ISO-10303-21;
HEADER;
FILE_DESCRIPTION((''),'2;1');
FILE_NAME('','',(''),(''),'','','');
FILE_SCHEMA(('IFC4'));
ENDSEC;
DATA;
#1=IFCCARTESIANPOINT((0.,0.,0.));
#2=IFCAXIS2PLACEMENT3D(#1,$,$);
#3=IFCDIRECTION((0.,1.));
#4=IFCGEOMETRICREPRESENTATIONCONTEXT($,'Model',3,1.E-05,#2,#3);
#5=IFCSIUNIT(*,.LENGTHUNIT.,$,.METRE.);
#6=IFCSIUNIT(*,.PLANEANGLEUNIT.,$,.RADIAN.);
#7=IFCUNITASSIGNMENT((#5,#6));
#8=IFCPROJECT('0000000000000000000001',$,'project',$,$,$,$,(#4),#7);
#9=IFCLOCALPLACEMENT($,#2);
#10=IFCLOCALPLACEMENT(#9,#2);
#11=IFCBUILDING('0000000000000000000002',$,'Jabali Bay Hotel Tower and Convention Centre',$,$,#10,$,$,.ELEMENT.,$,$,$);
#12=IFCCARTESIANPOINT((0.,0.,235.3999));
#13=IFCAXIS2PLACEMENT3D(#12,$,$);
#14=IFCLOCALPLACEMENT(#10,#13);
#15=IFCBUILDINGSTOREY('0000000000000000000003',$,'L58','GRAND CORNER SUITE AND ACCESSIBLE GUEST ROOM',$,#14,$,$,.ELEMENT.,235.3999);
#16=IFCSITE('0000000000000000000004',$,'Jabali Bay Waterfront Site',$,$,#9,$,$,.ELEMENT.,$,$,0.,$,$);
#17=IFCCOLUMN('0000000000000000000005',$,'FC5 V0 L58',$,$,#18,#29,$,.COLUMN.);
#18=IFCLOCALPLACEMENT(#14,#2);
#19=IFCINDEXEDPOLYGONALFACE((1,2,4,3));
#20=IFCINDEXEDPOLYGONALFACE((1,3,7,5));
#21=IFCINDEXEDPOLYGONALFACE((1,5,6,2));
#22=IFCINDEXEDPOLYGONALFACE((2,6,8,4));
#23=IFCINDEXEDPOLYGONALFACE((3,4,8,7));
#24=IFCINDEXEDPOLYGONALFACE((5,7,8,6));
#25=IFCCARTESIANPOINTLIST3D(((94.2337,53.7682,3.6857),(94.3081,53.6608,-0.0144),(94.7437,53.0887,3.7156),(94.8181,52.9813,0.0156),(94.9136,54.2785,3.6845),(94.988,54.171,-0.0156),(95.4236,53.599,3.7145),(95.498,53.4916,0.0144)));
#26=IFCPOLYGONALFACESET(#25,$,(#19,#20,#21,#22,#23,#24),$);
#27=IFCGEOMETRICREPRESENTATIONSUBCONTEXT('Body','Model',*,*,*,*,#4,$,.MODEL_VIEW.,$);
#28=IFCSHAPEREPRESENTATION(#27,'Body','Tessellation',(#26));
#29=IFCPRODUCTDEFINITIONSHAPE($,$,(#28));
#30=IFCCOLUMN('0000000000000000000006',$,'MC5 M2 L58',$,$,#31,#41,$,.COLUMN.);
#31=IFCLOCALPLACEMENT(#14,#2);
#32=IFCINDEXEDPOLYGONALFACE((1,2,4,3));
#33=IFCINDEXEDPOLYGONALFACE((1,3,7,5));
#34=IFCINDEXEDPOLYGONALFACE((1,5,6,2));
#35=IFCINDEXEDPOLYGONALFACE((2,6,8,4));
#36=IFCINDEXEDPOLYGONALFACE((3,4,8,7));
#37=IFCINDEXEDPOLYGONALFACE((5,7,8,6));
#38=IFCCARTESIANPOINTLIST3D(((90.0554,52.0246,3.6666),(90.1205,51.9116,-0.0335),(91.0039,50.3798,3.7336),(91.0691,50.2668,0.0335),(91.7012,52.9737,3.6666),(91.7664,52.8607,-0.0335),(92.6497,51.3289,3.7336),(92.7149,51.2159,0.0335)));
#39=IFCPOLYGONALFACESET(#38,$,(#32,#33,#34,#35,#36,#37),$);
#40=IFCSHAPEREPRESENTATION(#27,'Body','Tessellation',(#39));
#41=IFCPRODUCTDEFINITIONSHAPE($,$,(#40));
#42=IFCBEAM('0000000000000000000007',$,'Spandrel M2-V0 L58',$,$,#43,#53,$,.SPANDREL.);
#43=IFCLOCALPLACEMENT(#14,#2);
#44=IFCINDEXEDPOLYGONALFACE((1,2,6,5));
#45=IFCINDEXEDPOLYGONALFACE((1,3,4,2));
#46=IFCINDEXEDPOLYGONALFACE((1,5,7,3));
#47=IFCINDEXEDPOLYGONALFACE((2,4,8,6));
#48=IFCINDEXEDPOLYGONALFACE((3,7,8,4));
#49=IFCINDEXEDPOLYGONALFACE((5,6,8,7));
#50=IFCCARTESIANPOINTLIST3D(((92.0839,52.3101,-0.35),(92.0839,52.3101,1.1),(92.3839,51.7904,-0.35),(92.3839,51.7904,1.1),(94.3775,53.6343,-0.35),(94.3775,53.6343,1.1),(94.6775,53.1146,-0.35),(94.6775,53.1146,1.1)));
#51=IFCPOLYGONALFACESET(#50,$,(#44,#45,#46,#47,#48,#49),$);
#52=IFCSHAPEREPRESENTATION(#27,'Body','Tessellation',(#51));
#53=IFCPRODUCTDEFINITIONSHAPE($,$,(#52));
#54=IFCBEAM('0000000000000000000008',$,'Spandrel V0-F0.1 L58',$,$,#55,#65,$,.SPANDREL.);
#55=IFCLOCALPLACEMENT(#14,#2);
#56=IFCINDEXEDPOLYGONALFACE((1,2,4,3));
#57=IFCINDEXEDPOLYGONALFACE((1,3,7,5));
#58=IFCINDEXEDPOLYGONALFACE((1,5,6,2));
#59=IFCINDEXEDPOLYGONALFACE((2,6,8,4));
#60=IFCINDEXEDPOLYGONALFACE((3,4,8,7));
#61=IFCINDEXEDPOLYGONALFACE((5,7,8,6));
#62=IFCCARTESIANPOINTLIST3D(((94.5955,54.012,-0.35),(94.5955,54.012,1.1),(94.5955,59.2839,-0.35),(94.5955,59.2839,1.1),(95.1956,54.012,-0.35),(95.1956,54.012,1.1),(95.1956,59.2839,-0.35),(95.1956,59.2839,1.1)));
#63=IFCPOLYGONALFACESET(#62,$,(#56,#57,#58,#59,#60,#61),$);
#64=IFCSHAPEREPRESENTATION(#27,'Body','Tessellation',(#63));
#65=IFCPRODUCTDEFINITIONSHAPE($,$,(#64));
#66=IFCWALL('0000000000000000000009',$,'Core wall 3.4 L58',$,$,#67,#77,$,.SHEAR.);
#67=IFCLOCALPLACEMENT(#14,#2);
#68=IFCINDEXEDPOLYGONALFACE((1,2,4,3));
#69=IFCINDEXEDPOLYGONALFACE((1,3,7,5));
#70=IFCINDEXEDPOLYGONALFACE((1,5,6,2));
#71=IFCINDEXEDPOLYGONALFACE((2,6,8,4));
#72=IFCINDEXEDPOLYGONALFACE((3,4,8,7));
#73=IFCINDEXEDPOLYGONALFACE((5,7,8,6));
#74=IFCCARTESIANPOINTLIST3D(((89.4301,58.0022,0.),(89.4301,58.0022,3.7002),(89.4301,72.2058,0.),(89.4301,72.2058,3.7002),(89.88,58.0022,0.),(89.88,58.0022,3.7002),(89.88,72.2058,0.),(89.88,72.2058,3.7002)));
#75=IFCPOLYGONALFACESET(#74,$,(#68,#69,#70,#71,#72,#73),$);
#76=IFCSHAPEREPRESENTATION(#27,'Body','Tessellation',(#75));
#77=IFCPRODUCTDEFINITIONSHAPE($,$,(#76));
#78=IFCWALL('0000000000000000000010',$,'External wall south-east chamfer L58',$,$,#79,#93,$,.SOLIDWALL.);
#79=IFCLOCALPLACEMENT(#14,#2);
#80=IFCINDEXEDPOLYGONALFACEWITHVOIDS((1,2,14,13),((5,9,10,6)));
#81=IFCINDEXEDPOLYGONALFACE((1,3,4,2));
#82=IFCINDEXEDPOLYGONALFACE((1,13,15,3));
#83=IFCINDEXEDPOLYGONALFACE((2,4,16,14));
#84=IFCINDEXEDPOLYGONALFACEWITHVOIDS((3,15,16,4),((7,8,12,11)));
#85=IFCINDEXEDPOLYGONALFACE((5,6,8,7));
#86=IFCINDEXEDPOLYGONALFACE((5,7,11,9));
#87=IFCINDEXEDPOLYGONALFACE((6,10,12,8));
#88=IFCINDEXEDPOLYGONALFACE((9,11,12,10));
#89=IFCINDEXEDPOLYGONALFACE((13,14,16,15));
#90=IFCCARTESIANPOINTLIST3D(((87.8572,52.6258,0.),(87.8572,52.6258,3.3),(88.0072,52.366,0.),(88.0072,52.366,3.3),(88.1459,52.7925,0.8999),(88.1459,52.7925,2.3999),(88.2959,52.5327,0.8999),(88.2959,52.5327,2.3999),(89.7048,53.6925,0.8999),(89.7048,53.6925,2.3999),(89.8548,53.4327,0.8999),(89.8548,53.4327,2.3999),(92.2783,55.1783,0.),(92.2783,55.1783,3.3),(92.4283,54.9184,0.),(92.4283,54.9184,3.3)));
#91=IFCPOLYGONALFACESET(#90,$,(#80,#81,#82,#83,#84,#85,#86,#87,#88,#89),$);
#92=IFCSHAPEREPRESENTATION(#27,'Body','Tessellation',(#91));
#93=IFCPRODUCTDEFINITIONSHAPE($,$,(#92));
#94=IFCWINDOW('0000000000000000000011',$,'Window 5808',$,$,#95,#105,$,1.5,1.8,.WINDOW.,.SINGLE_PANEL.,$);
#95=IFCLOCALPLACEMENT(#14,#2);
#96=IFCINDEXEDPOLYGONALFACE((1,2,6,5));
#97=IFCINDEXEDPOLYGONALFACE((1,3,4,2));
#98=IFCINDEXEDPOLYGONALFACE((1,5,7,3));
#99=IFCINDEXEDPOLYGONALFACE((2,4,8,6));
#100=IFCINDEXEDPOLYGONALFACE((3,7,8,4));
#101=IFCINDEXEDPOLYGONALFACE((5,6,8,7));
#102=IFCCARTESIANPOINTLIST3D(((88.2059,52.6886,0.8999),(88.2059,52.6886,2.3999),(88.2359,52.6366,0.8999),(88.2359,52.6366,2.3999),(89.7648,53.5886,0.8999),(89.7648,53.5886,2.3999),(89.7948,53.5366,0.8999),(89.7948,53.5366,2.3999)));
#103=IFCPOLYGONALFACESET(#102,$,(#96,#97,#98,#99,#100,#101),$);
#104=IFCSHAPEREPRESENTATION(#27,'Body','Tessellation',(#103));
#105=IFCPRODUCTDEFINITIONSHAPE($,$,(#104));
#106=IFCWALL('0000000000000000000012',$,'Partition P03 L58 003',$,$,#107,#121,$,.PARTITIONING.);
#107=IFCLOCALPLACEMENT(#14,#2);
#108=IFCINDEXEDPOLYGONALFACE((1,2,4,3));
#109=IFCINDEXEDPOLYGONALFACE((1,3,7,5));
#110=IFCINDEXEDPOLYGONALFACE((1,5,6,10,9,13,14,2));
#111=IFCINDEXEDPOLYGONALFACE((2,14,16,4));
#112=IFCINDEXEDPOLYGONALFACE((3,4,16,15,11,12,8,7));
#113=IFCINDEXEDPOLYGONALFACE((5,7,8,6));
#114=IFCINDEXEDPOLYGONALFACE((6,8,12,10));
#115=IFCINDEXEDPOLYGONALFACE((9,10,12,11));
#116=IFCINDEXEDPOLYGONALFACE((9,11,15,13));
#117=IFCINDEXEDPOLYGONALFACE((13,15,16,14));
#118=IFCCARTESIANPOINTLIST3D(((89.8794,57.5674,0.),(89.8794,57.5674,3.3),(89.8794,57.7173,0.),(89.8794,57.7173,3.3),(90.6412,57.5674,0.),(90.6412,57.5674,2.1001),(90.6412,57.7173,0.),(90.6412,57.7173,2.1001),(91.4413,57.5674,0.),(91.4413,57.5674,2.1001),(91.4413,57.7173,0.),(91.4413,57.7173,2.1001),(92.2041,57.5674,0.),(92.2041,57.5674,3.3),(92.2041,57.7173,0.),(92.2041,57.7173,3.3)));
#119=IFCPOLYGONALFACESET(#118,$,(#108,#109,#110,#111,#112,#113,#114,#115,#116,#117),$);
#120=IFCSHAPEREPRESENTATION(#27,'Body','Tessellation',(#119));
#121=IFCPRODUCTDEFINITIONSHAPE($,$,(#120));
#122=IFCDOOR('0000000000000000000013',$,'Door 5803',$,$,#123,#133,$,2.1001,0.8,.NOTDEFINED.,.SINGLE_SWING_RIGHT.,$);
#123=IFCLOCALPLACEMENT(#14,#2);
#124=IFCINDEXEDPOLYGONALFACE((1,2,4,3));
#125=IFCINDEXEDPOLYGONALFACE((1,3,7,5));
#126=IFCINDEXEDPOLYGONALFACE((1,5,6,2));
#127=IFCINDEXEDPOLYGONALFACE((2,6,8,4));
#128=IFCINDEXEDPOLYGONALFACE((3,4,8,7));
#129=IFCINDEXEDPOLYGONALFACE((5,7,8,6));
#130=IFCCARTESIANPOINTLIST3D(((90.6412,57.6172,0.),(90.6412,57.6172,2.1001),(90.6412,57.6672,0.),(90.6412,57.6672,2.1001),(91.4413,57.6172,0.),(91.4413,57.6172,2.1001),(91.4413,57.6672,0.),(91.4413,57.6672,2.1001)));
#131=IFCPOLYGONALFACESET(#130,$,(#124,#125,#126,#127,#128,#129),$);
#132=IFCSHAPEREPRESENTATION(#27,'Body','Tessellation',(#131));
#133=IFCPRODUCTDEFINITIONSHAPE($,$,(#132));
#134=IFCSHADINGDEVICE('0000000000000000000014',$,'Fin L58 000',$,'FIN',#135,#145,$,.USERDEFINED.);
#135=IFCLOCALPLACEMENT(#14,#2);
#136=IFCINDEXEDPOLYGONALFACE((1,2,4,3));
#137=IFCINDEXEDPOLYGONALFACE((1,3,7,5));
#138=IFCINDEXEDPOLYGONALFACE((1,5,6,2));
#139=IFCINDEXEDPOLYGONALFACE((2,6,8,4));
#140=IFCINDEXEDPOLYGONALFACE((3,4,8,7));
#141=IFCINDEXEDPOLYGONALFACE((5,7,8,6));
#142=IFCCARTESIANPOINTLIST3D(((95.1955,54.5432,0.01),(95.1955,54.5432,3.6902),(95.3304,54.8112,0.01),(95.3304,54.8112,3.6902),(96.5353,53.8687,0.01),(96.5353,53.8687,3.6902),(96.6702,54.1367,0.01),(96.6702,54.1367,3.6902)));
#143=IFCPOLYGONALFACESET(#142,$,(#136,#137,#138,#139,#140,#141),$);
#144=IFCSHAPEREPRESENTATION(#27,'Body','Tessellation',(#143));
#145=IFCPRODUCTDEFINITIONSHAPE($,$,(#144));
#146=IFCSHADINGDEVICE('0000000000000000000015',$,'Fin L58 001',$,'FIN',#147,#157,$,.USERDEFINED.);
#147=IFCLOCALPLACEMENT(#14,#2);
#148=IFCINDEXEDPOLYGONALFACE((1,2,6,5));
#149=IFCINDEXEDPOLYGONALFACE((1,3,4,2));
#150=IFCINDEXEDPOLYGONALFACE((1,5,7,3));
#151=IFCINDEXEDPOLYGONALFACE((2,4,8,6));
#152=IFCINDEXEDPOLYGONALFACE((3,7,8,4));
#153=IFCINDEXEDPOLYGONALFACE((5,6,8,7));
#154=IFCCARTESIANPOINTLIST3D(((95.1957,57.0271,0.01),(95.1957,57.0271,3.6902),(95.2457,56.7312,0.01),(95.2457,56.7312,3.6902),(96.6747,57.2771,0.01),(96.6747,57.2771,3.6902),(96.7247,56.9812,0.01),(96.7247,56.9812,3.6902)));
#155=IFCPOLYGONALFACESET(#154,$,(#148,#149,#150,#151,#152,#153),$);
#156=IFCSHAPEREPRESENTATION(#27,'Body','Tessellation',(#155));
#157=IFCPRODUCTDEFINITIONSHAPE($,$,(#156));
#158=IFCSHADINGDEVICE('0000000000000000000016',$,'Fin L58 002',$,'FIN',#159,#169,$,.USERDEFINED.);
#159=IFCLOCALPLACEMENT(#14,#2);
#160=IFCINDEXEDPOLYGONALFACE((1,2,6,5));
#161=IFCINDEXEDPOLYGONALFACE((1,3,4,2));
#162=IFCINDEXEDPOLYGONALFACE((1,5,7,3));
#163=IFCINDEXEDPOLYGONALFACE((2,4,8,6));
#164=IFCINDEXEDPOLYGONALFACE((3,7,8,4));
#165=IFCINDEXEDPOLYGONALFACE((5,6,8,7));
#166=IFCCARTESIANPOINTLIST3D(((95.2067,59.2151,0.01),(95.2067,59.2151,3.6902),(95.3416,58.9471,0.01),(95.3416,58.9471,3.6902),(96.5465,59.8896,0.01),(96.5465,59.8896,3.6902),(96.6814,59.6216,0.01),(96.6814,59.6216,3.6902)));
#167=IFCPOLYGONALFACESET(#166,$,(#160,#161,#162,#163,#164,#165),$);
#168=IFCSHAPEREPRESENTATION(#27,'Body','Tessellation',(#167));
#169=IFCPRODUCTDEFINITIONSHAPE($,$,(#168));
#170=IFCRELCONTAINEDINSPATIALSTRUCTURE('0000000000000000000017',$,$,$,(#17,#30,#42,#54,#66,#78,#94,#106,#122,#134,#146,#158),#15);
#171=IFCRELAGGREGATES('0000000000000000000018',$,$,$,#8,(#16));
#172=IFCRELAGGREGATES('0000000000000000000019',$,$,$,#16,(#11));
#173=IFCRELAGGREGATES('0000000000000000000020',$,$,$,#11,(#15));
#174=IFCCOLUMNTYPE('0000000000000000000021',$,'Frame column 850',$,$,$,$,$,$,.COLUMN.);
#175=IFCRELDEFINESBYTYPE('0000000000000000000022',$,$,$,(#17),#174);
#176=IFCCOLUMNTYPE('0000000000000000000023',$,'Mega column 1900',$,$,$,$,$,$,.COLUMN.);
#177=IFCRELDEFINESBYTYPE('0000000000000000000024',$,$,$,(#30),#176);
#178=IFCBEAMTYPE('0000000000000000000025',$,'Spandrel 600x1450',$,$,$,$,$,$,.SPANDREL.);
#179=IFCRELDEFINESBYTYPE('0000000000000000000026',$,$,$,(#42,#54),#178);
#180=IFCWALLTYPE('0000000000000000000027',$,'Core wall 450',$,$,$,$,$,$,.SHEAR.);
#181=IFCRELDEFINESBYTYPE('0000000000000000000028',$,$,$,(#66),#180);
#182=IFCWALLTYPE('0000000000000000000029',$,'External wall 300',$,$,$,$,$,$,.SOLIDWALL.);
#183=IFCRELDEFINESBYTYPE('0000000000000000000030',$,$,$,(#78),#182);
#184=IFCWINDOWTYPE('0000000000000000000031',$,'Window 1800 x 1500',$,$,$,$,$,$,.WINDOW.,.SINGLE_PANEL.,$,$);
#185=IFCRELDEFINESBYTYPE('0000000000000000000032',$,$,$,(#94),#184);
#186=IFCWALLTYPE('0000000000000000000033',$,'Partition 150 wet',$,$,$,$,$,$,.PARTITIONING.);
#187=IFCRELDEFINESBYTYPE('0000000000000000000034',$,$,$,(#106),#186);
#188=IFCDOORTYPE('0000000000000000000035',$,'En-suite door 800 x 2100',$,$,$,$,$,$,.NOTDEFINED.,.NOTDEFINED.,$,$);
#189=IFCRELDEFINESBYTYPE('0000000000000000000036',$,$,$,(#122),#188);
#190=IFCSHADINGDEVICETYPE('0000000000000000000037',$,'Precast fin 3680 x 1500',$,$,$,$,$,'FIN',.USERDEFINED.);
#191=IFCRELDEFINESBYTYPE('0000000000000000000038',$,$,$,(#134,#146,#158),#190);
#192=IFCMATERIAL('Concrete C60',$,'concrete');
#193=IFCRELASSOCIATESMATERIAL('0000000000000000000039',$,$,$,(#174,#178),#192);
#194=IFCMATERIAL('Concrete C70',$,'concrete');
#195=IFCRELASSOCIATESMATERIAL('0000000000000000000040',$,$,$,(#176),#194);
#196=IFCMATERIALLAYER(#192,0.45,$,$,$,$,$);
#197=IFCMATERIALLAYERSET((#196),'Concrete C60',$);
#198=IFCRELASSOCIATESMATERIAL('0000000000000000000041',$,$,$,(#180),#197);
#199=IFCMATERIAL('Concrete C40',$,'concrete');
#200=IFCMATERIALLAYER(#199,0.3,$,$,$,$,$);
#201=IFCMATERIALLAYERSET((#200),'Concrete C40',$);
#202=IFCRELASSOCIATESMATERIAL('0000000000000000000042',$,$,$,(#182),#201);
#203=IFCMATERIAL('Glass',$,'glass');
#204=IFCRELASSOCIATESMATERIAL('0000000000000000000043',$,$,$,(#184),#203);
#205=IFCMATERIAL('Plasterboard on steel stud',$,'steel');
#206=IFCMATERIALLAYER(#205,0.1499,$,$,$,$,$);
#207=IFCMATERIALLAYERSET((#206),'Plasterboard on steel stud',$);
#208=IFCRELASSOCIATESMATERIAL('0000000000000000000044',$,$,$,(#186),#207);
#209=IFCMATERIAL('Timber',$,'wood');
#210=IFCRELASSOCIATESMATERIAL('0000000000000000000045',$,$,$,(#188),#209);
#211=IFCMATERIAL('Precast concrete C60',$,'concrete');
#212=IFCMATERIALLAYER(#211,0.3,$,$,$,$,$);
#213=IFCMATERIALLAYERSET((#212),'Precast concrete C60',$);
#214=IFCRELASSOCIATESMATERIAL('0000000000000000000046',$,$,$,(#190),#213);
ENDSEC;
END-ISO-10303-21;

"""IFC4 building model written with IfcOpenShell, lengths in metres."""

from ifc_helpers import new_model, si_unit, direction, frame, frame_2d, origin, origin_2d, place, context, subcontext, project, spatial, rectangle, extrude, material, layer, layer_set, material_profile, profile_set, type_object, element, fill, save


model = new_model("IFC4")

# Units and contexts
model_context = context("Model", 3, precision=1e-05, world=origin(), true_north=direction((0.0, 1.0)))
body_context = subcontext(model_context, "Body", "Model", "MODEL_VIEW")
ifc_project = project(units=[si_unit("LENGTHUNIT", "METRE"), si_unit("PLANEANGLEUNIT", "RADIAN")], contexts=[model_context])

# Site, building, storey
site_placement = place(None, origin())
site = spatial("IfcSite", under=ifc_project, at=site_placement, Name="Jabali Bay Waterfront Site", CompositionType="ELEMENT", RefElevation=0.0)
building_placement = place(site_placement, origin())
building = spatial("IfcBuilding", under=site, at=building_placement, Name="Jabali Bay Hotel Tower and Convention Centre", CompositionType="ELEMENT")
storey_placement = place(building_placement, frame((0.0, 0.0, 235.3999)))
storey = spatial("IfcBuildingStorey", under=building, at=storey_placement, Name="L58", Description="GRAND CORNER SUITE AND ACCESSIBLE GUEST ROOM", CompositionType="ELEMENT", Elevation=235.3999)

# Columns
ifc_material_1 = material(Name="Concrete C60", Category="concrete")
ifc_material_profile_1 = material_profile(ifc_material_1, rectangle(XDim=0.8501, YDim=0.8501, at=origin_2d()), Name="Frame column 850")
ifc_profile_set_1 = profile_set([ifc_material_profile_1], Name="Concrete C60")
column_type_1 = type_object("IfcColumnType", Name="Frame column 850", PredefinedType="COLUMN", material=ifc_profile_set_1)
column_1_placement = place(storey_placement, frame((94.9031, 53.5762, 0.0), z_axis=(-0.020111, 0.029013, 0.999377), x_axis=(-0.799791, -0.600278, 0.001332)))
element("IfcColumn", 1, at=column_1_placement, inside=storey, type_object=column_type_1, Name="FC5 V0 L58", PredefinedType="COLUMN", context=body_context, shape_type="SweptSolid", body=[
    extrude(rectangle(XDim=0.8501, YDim=0.8501, at=origin_2d()), origin(), (0.0, 0.0, 1.0), 3.7024),
])
ifc_material_2 = material(Name="Concrete C70", Category="concrete")
ifc_material_profile_2 = material_profile(ifc_material_2, rectangle(XDim=1.8999, YDim=1.8999, at=origin_2d()), Name="Mega column 1900")
ifc_profile_set_2 = profile_set([ifc_material_profile_2], Name="Concrete C70")
column_type_2 = type_object("IfcColumnType", Name="Mega column 1900", PredefinedType="COLUMN", material=ifc_profile_set_2)
column_2_placement = place(storey_placement, frame((91.4177, 51.5637, 0.0), z_axis=(-0.017606, 0.03053, 0.999379), x_axis=(0.499244, -0.865744, 0.035243)))
element("IfcColumn", 2, at=column_2_placement, inside=storey, type_object=column_type_2, Name="MC5 M2 L58", PredefinedType="COLUMN", context=body_context, shape_type="SweptSolid", body=[
    extrude(rectangle(XDim=1.8999, YDim=1.8999, at=origin_2d()), origin(), (0.0, 0.0, 1.0), 3.7024),
])

# Beams
ifc_material_profile_3 = material_profile(ifc_material_1, rectangle(XDim=0.6001, YDim=1.45, at=origin_2d()), Name="Spandrel 600x1450")
ifc_profile_set_3 = profile_set([ifc_material_profile_3], Name="Concrete C60")
beam_type = type_object("IfcBeamType", Name="Spandrel 600x1450", PredefinedType="SPANDREL", material=ifc_profile_set_3)
beam_1_placement = place(storey_placement, frame((92.2339, 52.0503, 0.375), z_axis=(0.866034, 0.499986, 0.0), x_axis=(-0.499986, 0.866034, 0.0)))
element("IfcBeam", 3, at=beam_1_placement, inside=storey, type_object=beam_type, Name="Spandrel M2-V0 L58", PredefinedType="SPANDREL", context=body_context, shape_type="SweptSolid", body=[
    extrude(rectangle(XDim=0.6001, YDim=1.45, at=origin_2d()), origin(), (0.0, 0.0, 1.0), 2.6484),
])
beam_2_placement = place(storey_placement, frame((94.8955, 54.012, 0.375), z_axis=(0.0, 1.0, 0.0), x_axis=(-1.0, 0.0, 0.0)))
element("IfcBeam", 4, at=beam_2_placement, inside=storey, type_object=beam_type, Name="Spandrel V0-F0.1 L58", PredefinedType="SPANDREL", context=body_context, shape_type="SweptSolid", body=[
    extrude(rectangle(XDim=0.6001, YDim=1.45, at=origin_2d()), origin(), (0.0, 0.0, 1.0), 5.272),
])

# Wall
ifc_layer_1 = layer(ifc_material_1, 0.45)
ifc_layer_set_1 = layer_set([ifc_layer_1], Name="Concrete C60")
wall_type_1 = type_object("IfcWallType", Name="Core wall 450", PredefinedType="SHEAR", material=ifc_layer_set_1)
wall_1_placement = place(storey_placement, frame((89.655, 58.0022, 0.0), z_axis=(0.0, 0.0, 1.0), x_axis=(0.0, 1.0, 0.0)))
element("IfcWall", 5, at=wall_1_placement, inside=storey, type_object=wall_type_1, Name="Core wall 3.4 L58", PredefinedType="SHEAR", context=body_context, shape_type="SweptSolid", body=[
    extrude(rectangle(XDim=14.2036, YDim=0.45, at=frame_2d((7.1018, 0.0))), origin(), (0.0, 0.0, 1.0), 3.7002),
])

# Wall, opening, window
ifc_material_3 = material(Name="Concrete C40", Category="concrete")
ifc_layer_2 = layer(ifc_material_3, 0.3)
ifc_layer_set_2 = layer_set([ifc_layer_2], Name="Concrete C40")
wall_type_2 = type_object("IfcWallType", Name="External wall 300", PredefinedType="SOLIDWALL", material=ifc_layer_set_2)
wall_2_placement = place(storey_placement, frame((92.3533, 55.0483, 0.0), z_axis=(0.0, 0.0, 1.0), x_axis=(-0.86603, -0.499992, 0.0)))
wall_2 = element("IfcWall", 6, at=wall_2_placement, inside=storey, type_object=wall_type_2, Name="External wall south-east chamfer L58", PredefinedType="SOLIDWALL", context=body_context, shape_type="SweptSolid", body=[
    extrude(rectangle(XDim=5.105, YDim=0.3, at=frame_2d((2.5525, 0.0))), origin(), (0.0, 0.0, 1.0), 3.3),
])
opening_1_placement = place(wall_2_placement, frame((2.9717, 0.0, 0.8999)))
opening_1 = element("IfcOpeningElement", 7, at=opening_1_placement, cuts=wall_2, PredefinedType="OPENING", context=body_context, shape_type="SweptSolid", body=[
    extrude(rectangle(XDim=1.8, YDim=1.5, at=frame_2d((0.8999, 0.75))), frame((0.0, 0.1606, 0.0), z_axis=(0.0, -1.0, 0.0), x_axis=(1.0, 0.0, 0.0)), (0.0, 0.0, 1.0), 0.321),
])
ifc_material_4 = material(Name="Glass", Category="glass")
window_type = type_object("IfcWindowType", Name="Window 1800 x 1500", PartitioningType="SINGLE_PANEL", PredefinedType="WINDOW", material=ifc_material_4)
window_placement = place(opening_1_placement, origin())
window = element("IfcWindow", 8, at=window_placement, inside=storey, type_object=window_type, Name="Window 5808", OverallHeight=1.5, OverallWidth=1.8, PartitioningType="SINGLE_PANEL", PredefinedType="WINDOW", context=body_context, shape_type="SweptSolid", body=[
    extrude(rectangle(XDim=1.8, YDim=1.5, at=frame_2d((0.8999, 0.75))), frame((0.0, 0.03, 0.0), z_axis=(0.0, -1.0, 0.0), x_axis=(1.0, 0.0, 0.0)), (0.0, 0.0, 1.0), 0.0601),
])
fill(opening_1, window)

# Wall, opening, door
ifc_material_5 = material(Name="Plasterboard on steel stud", Category="steel")
ifc_layer_3 = layer(ifc_material_5, 0.1499)
ifc_layer_set_3 = layer_set([ifc_layer_3], Name="Plasterboard on steel stud")
wall_type_3 = type_object("IfcWallType", Name="Partition 150 wet", PredefinedType="PARTITIONING", material=ifc_layer_set_3)
wall_3_placement = place(storey_placement, frame((89.8794, 57.6423, 0.0), z_axis=(0.0, 0.0, 1.0), x_axis=(1.0, 0.0, 0.0)))
wall_3 = element("IfcWall", 9, at=wall_3_placement, inside=storey, type_object=wall_type_3, Name="Partition P03 L58 003", PredefinedType="PARTITIONING", context=body_context, shape_type="SweptSolid", body=[
    extrude(rectangle(XDim=2.3247, YDim=0.1499, at=frame_2d((1.1624, 0.0))), origin(), (0.0, 0.0, 1.0), 3.3),
])
opening_2_placement = place(wall_3_placement, frame((0.762, 0.0, 0.0)))
opening_2 = element("IfcOpeningElement", 10, at=opening_2_placement, cuts=wall_3, PredefinedType="OPENING", context=body_context, shape_type="SweptSolid", body=[
    extrude(rectangle(XDim=0.8, YDim=2.1001, at=frame_2d((0.3999, 1.05))), frame((0.0, 0.0854, 0.0), z_axis=(0.0, -1.0, 0.0), x_axis=(1.0, 0.0, 0.0)), (0.0, 0.0, 1.0), 0.1709),
])
ifc_material_6 = material(Name="Timber", Category="wood")
door_type = type_object("IfcDoorType", Name="En-suite door 800 x 2100", OperationType="NOTDEFINED", PredefinedType="NOTDEFINED", material=ifc_material_6)
door_placement = place(opening_2_placement, origin())
door = element("IfcDoor", 11, at=door_placement, inside=storey, type_object=door_type, Name="Door 5803", OperationType="SINGLE_SWING_RIGHT", OverallHeight=2.1001, OverallWidth=0.8, PredefinedType="NOTDEFINED", context=body_context, shape_type="SweptSolid", body=[
    extrude(rectangle(XDim=0.8, YDim=2.1001, at=frame_2d((0.3999, 1.05))), frame((0.0, 0.0249, 0.0), z_axis=(0.0, -1.0, 0.0), x_axis=(1.0, 0.0, 0.0)), (0.0, 0.0, 1.0), 0.05),
])
fill(opening_2, door)

# Shading devices
ifc_material_7 = material(Name="Precast concrete C60", Category="concrete")
ifc_layer_4 = layer(ifc_material_7, 0.3)
ifc_layer_set_4 = layer_set([ifc_layer_4], Name="Precast concrete C60")
shading_device_type = type_object("IfcShadingDeviceType", Name="Precast fin 3680 x 1500", ElementType="FIN", PredefinedType="USERDEFINED", material=ifc_layer_set_4)
for number, where, z_axis, x_axis, name in (
    (12, (95.2629, 54.6772, 0.01), (0.0, 0.0, 1.0), (0.893187, -0.449686, 0.0), "Fin L58 000"),
    (13, (95.2207, 56.8792, 0.01), (0.0, 0.0, 1.0), (0.986013, 0.166668, 0.0), "Fin L58 001"),
    (14, (95.2742, 59.0811, 0.01), (0.0, 0.0, 1.0), (0.893187, 0.449686, 0.0), "Fin L58 002"),
):
    element("IfcShadingDevice", number, at=place(storey_placement, frame(where, z_axis=z_axis, x_axis=x_axis)), inside=storey, type_object=shading_device_type, Name=name, ObjectType="FIN", PredefinedType="USERDEFINED", context=body_context, shape_type="SweptSolid", body=[
        extrude(rectangle(XDim=1.5, YDim=0.3, at=frame_2d((0.75, 0.0))), origin(), (0.0, 0.0, 1.0), 3.6802),
    ])

save(model, "model.ifc")
